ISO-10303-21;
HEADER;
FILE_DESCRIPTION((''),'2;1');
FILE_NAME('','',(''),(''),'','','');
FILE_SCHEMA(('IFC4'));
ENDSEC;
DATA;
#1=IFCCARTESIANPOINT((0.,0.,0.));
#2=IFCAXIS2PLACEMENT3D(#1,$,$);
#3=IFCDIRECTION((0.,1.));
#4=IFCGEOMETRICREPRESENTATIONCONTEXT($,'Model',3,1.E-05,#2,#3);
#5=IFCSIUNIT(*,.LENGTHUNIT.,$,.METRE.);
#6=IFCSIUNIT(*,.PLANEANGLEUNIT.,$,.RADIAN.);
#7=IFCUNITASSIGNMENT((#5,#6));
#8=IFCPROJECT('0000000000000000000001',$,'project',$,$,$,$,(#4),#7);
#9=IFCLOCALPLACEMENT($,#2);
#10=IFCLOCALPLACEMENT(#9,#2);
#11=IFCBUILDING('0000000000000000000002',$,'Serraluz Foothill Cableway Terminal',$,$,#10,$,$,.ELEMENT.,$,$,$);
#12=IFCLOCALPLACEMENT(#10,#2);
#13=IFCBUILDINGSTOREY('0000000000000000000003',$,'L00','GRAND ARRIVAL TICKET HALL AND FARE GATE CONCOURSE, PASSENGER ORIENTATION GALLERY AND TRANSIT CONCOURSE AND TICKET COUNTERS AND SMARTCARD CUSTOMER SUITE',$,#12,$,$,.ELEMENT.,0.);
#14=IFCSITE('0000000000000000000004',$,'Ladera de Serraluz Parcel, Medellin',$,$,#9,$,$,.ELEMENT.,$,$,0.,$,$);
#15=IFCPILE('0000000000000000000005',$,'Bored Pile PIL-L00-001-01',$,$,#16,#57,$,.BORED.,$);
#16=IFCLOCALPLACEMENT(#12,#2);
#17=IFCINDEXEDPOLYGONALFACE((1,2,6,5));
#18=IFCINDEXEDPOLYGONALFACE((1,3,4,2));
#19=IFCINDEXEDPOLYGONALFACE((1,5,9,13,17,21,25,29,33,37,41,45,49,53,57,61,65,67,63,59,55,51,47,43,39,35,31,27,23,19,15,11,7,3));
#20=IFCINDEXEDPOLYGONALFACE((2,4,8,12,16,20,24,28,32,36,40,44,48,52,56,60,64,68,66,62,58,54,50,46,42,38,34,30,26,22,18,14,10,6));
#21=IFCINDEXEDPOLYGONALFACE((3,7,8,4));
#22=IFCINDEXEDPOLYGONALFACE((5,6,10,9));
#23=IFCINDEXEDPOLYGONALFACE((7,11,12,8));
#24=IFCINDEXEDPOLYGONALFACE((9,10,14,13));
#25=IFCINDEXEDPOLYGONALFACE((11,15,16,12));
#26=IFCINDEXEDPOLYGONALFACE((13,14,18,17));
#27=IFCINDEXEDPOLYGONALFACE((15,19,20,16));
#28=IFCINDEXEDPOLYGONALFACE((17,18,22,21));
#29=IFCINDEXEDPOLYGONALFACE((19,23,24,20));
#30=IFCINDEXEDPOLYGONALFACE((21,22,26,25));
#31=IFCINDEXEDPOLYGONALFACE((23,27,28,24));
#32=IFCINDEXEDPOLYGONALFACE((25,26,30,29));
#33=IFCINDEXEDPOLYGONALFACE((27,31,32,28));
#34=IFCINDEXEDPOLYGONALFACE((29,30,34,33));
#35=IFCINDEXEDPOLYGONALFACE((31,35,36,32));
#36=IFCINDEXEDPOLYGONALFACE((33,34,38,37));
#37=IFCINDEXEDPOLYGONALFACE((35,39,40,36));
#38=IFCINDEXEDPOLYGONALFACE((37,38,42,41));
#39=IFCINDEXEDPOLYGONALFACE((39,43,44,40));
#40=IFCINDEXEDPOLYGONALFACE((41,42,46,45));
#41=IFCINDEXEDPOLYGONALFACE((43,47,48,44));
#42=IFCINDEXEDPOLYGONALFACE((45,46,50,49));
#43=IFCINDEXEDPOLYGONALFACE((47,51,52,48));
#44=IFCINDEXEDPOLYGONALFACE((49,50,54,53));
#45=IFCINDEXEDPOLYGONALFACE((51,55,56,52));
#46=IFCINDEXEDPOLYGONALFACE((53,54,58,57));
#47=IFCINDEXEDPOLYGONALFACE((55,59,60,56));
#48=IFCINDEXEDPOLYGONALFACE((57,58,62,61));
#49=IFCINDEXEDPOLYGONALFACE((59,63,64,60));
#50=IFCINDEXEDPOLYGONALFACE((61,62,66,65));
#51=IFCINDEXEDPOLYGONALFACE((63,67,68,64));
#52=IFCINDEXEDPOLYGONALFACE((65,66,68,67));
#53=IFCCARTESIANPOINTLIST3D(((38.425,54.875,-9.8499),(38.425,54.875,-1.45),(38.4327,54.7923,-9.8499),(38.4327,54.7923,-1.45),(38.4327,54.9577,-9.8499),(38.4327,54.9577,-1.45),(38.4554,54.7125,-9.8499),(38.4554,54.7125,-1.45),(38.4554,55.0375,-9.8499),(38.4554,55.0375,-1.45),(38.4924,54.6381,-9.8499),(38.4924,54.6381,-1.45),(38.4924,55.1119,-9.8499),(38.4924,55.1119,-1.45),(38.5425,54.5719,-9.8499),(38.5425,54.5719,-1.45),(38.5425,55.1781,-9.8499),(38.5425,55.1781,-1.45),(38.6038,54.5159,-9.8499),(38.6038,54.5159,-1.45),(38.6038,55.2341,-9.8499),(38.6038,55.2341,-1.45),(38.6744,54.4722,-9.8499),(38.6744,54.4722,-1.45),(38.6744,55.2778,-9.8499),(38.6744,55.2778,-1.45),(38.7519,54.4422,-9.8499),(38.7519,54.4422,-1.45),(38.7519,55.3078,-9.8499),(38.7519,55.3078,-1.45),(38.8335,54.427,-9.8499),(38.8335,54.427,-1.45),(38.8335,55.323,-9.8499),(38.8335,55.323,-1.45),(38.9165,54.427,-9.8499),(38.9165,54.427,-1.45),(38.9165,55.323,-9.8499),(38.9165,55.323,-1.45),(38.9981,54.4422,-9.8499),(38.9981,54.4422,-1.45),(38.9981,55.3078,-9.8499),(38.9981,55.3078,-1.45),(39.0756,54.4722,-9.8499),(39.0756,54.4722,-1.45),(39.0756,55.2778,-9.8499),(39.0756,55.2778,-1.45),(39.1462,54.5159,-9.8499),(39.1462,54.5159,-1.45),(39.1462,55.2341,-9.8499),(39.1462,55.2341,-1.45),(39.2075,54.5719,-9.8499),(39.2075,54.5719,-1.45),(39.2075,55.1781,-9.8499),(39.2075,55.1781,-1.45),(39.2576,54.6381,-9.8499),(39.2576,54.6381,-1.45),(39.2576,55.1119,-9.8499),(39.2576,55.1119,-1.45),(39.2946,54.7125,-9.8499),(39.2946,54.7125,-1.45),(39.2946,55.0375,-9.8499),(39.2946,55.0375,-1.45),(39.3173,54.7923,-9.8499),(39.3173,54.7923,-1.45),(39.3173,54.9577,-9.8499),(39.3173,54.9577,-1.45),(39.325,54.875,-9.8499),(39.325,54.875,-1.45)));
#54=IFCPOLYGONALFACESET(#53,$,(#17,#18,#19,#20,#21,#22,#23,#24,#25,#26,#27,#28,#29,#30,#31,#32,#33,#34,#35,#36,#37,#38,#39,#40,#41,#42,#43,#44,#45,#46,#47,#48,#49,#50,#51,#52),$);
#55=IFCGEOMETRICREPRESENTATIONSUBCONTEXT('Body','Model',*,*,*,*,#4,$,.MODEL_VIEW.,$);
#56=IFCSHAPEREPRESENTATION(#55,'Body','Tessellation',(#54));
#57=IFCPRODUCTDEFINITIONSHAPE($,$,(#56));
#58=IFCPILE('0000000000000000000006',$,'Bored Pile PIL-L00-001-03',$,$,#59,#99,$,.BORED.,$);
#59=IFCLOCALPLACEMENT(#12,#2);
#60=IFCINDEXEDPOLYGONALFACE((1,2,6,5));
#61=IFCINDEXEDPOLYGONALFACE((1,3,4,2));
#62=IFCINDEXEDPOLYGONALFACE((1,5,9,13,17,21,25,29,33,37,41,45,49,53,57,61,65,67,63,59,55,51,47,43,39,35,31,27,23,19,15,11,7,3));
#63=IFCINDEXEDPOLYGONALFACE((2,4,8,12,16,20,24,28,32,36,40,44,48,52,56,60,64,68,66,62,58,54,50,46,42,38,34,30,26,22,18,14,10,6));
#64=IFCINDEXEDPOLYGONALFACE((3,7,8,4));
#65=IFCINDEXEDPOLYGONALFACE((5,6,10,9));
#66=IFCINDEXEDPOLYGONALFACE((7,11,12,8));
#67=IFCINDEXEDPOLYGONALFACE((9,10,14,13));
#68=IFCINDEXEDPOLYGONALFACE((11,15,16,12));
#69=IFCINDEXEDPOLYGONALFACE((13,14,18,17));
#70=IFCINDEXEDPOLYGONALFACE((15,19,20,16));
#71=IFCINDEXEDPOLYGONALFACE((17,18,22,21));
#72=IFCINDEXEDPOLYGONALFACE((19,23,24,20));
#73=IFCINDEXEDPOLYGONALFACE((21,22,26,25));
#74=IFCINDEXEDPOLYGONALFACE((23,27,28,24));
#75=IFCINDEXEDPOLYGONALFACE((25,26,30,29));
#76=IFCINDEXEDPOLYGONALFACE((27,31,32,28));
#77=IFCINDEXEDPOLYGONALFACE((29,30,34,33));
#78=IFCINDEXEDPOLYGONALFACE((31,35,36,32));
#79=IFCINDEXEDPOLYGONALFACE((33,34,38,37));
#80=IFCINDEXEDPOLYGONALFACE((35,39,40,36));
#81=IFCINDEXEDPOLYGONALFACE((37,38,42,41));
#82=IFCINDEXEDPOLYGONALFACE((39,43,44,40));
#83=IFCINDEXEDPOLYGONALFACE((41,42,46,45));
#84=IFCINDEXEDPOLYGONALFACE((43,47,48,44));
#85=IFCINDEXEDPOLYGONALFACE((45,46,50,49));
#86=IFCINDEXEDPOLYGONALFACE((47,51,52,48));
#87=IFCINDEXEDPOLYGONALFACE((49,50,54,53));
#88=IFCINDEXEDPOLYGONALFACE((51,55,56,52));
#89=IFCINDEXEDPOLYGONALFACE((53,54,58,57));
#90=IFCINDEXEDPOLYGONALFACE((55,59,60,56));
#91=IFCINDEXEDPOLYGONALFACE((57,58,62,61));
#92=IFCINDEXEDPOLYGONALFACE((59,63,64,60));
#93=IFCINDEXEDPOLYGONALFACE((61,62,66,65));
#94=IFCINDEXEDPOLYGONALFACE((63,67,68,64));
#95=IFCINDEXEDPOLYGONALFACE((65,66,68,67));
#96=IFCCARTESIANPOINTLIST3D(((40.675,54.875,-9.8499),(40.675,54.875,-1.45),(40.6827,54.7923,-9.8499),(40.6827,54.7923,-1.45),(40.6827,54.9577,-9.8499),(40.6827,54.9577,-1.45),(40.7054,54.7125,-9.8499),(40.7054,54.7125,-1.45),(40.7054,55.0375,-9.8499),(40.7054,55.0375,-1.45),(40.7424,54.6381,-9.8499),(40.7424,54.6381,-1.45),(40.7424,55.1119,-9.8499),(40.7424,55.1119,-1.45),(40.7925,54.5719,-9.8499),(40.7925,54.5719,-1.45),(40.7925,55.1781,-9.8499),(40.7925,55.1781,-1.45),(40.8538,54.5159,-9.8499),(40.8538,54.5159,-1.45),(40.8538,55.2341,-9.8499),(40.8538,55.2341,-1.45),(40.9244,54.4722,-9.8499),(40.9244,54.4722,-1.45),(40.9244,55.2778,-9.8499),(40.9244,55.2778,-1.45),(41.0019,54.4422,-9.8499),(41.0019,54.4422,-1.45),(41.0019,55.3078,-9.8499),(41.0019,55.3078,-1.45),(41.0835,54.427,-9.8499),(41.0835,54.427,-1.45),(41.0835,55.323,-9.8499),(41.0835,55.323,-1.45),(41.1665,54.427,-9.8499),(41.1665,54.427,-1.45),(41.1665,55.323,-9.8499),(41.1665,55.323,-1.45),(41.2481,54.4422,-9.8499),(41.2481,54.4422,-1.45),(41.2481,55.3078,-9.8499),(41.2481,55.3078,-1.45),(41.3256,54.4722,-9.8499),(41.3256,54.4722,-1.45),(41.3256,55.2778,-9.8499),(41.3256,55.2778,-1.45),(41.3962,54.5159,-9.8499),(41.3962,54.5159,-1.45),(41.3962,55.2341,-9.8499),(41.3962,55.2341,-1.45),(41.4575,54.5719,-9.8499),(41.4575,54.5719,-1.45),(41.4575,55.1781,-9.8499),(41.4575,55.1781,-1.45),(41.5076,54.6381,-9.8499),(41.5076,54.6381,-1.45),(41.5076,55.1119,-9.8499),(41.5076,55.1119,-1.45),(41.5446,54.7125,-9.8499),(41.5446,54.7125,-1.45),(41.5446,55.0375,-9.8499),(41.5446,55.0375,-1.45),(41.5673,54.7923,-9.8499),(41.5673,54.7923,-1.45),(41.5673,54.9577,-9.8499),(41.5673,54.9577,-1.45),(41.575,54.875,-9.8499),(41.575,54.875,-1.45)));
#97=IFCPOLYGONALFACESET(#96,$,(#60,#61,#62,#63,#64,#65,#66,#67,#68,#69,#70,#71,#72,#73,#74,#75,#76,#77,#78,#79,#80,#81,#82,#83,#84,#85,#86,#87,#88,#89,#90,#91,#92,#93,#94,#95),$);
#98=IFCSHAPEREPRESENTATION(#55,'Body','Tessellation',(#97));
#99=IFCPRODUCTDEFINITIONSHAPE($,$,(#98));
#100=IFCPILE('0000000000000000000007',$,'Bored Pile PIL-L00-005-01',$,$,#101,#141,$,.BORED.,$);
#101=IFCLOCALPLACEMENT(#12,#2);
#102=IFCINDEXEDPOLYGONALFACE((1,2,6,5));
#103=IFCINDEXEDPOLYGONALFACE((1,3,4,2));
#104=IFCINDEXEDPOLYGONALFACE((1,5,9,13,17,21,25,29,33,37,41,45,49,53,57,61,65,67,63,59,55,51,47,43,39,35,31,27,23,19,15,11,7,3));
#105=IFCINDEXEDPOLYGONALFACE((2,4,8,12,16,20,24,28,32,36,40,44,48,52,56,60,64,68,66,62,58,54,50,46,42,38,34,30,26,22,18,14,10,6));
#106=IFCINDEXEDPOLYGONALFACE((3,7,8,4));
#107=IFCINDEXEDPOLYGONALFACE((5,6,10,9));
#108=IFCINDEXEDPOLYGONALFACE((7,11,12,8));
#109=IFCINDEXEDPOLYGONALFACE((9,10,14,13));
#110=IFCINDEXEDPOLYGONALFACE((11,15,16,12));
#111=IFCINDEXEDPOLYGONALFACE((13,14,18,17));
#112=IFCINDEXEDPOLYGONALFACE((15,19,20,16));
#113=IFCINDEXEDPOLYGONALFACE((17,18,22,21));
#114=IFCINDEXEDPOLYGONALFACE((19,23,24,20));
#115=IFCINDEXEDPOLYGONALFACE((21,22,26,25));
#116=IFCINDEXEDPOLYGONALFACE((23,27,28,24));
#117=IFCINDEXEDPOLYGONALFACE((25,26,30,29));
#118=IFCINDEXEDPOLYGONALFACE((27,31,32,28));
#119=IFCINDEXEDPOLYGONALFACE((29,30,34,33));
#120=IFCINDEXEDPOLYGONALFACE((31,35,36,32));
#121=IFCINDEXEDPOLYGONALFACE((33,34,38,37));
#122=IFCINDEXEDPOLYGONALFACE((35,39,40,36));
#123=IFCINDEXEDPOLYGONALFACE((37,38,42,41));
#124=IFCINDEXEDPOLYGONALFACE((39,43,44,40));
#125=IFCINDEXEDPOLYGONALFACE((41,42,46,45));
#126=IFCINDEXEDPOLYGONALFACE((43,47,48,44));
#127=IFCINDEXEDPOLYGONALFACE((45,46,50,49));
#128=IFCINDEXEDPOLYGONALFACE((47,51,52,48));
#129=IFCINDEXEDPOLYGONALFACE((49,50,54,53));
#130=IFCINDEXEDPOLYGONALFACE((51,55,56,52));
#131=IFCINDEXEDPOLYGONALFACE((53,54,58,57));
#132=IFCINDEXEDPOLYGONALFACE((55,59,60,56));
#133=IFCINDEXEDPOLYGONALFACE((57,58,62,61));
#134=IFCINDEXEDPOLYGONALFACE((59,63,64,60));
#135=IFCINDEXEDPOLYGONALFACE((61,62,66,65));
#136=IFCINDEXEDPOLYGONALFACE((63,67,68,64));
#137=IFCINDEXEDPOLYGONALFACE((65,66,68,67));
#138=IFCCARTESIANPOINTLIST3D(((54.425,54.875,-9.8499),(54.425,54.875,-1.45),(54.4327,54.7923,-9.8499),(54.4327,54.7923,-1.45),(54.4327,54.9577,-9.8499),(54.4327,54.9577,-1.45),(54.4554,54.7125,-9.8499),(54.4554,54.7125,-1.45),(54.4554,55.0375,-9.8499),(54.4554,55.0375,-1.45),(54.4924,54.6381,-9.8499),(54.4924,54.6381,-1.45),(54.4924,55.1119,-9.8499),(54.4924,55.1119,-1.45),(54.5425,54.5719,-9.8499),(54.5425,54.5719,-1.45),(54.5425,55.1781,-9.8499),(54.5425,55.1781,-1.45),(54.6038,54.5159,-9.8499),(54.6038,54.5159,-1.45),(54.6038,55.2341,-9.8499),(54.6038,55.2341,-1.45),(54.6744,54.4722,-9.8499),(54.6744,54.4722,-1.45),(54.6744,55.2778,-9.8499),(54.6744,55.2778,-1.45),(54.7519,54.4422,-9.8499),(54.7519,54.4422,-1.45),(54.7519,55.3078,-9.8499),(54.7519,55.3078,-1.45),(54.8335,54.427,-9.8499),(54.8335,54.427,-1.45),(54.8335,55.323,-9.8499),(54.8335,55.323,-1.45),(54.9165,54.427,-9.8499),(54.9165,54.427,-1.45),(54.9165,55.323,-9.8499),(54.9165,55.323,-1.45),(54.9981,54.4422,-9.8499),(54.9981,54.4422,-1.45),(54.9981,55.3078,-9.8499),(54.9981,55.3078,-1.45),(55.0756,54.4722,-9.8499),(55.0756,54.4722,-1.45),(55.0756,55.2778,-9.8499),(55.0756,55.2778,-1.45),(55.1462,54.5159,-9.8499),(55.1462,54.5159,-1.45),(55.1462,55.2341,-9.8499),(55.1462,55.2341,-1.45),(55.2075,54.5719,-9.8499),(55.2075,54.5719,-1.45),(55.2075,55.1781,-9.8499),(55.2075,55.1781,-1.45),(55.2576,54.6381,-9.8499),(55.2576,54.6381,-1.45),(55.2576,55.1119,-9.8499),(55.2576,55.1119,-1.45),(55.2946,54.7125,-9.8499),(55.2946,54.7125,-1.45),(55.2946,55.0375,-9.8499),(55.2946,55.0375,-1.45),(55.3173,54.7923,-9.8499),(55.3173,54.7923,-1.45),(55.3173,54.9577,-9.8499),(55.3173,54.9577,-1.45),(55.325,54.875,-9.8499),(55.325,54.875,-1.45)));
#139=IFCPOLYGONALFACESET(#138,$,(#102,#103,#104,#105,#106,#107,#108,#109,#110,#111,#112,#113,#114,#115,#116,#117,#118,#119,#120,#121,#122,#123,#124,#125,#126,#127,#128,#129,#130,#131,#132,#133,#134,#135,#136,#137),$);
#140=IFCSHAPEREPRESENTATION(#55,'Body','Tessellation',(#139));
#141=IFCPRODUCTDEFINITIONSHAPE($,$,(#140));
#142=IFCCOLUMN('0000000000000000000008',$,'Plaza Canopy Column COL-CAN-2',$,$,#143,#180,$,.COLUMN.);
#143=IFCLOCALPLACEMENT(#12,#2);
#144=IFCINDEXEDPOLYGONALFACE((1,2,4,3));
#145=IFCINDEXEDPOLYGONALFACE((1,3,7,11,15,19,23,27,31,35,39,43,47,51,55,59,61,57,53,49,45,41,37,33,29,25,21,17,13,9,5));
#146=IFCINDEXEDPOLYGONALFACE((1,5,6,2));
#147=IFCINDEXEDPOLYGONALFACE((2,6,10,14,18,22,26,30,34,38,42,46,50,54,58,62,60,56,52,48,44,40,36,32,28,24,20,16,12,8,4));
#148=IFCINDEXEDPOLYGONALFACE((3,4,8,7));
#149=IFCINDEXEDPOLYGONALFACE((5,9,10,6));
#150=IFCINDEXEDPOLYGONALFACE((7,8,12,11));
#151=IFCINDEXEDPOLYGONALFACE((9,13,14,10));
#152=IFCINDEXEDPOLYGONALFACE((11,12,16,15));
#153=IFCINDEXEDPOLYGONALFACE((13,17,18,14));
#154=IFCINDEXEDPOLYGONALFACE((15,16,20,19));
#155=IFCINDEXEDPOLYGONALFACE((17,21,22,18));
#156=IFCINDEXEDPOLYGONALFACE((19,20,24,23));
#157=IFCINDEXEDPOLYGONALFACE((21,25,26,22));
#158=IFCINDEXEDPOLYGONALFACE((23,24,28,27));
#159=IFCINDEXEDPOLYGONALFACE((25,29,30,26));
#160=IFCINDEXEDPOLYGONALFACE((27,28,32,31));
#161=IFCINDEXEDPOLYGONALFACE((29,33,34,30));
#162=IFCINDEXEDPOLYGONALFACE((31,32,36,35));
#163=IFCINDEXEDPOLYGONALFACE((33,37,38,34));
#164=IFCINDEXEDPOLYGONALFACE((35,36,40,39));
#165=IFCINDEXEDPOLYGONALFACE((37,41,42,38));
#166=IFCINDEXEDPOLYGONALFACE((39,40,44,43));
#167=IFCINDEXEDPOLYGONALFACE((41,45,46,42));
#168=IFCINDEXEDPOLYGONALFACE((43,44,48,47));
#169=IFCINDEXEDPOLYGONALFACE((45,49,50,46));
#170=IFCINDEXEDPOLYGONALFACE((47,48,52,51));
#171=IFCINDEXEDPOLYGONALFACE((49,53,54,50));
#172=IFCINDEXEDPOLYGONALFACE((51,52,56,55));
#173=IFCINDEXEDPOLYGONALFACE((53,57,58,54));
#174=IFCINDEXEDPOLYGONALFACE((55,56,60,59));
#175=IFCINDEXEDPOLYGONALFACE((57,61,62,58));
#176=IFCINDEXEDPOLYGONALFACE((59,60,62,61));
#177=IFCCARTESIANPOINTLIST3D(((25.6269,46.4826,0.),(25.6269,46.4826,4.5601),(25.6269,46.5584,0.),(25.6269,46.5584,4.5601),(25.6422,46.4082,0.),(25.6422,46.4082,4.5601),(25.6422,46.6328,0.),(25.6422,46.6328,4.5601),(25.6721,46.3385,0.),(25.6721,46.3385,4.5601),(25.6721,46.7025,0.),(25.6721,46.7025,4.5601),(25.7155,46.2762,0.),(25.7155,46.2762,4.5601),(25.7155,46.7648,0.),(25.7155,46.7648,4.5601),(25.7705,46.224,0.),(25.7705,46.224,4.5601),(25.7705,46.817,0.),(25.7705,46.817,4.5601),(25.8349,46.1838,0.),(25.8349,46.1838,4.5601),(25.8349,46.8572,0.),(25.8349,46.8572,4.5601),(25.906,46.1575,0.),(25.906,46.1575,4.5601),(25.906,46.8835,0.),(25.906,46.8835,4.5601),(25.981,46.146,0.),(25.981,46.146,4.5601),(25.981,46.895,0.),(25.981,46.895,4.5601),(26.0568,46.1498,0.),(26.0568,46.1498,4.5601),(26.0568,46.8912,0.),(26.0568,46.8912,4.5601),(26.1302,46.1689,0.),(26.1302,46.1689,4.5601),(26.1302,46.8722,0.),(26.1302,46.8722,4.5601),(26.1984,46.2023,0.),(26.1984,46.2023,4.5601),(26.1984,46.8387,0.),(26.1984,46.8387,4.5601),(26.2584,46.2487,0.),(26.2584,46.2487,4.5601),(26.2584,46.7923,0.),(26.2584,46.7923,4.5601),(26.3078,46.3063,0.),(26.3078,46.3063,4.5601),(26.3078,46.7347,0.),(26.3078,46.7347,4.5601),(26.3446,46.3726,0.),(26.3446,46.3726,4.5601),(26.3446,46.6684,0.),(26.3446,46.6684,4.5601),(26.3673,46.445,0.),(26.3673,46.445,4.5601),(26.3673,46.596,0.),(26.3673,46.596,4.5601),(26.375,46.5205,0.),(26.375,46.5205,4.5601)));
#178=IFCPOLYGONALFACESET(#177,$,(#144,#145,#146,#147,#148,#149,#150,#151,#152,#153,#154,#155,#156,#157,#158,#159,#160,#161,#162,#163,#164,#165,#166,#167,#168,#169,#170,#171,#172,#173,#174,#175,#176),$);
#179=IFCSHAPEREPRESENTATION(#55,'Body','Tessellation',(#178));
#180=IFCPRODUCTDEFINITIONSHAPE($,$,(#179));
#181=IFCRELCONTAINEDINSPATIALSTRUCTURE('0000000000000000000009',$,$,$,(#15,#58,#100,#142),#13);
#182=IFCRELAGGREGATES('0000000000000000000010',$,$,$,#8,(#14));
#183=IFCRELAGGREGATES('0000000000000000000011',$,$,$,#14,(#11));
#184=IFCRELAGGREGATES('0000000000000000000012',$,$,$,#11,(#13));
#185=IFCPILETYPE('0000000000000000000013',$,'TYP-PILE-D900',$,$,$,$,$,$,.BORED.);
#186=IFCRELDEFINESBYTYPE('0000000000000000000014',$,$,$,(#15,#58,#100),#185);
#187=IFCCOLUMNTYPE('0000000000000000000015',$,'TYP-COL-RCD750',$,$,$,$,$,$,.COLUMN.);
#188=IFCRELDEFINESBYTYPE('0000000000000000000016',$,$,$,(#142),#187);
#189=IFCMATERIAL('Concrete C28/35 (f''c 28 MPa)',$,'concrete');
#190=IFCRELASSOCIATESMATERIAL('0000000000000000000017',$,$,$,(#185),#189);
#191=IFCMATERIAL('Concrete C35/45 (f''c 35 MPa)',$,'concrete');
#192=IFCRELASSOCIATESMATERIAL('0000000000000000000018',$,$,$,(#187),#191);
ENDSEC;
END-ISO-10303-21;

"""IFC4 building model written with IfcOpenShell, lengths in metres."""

from ifc_helpers import new_model, si_unit, direction, frame, origin, origin_2d, place, context, subcontext, project, spatial, circle, extrude, material, material_profile, profile_set, type_object, element, save


model = new_model("IFC4")

# Units and contexts
model_context = context("Model", 3, precision=1e-05, world=origin(), true_north=direction((0.0, 1.0)))
body_context = subcontext(model_context, "Body", "Model", "MODEL_VIEW")
ifc_project = project(units=[si_unit("LENGTHUNIT", "METRE"), si_unit("PLANEANGLEUNIT", "RADIAN")], contexts=[model_context])

# Site, building, storey
site_placement = place(None, origin())
site = spatial("IfcSite", under=ifc_project, at=site_placement, Name="Ladera de Serraluz Parcel, Medellin", CompositionType="ELEMENT", RefElevation=0.0)
building_placement = place(site_placement, origin())
building = spatial("IfcBuilding", under=site, at=building_placement, Name="Serraluz Foothill Cableway Terminal", CompositionType="ELEMENT")
storey_placement = place(building_placement, origin())
storey = spatial("IfcBuildingStorey", under=building, at=storey_placement, Name="L00", Description="GRAND ARRIVAL TICKET HALL AND FARE GATE CONCOURSE, PASSENGER ORIENTATION GALLERY AND TRANSIT CONCOURSE AND TICKET COUNTERS AND SMARTCARD CUSTOMER SUITE", CompositionType="ELEMENT", Elevation=0.0)

# Shared definitions
ifc_material_1 = material(Name="Concrete C35/45 (f'c 35 MPa)", Category="concrete")

# Piles
ifc_material_2 = material(Name="Concrete C28/35 (f'c 28 MPa)", Category="concrete")
ifc_material_profile_1 = material_profile(ifc_material_2, circle(Radius=0.45, at=origin_2d()), Name="BORED PILE D900")
ifc_profile_set_1 = profile_set([ifc_material_profile_1], Name="Concrete C28/35 (f'c 28 MPa)")
pile_type_1 = type_object("IfcPileType", Name="TYP-PILE-D900", PredefinedType="BORED", material=ifc_profile_set_1)
for number, where, z_axis, x_axis, name in (
    (1, (38.875, 54.875, -1.45), (0.0, 0.0, -1.0), (1.0, 0.0, 0.0), "Bored Pile PIL-L00-001-01"),
    (2, (41.125, 54.875, -1.45), (0.0, 0.0, -1.0), (1.0, 0.0, 0.0), "Bored Pile PIL-L00-001-03"),
    (3, (54.875, 54.875, -1.45), (0.0, 0.0, -1.0), (1.0, 0.0, 0.0), "Bored Pile PIL-L00-005-01"),
):
    element("IfcPile", number, at=place(storey_placement, frame(where, z_axis=z_axis, x_axis=x_axis)), inside=storey, type_object=pile_type_1, Name=name, PredefinedType="BORED", context=body_context, shape_type="SweptSolid", body=[
        extrude(circle(Radius=0.45, at=origin_2d()), origin(), (0.0, 0.0, 1.0), 8.3999),
    ])

# Column
ifc_material_profile_2 = material_profile(ifc_material_1, circle(Radius=0.375, at=origin_2d()), Name="RC D750")
ifc_profile_set_2 = profile_set([ifc_material_profile_2], Name="Concrete C35/45 (f'c 35 MPa)")
column_type_1 = type_object("IfcColumnType", Name="TYP-COL-RCD750", PredefinedType="COLUMN", material=ifc_profile_set_2)
for number, where, z_axis, x_axis, name in (
    (4, (26.0, 46.5205, 0.0), (0.0, 0.0, 1.0), (1.0, 0.0, 0.0), "Plaza Canopy Column COL-CAN-2"),
):
    element("IfcColumn", number, at=place(storey_placement, frame(where, z_axis=z_axis, x_axis=x_axis)), inside=storey, type_object=column_type_1, Name=name, PredefinedType="COLUMN", context=body_context, shape_type="SweptSolid", body=[
        extrude(circle(Radius=0.375, at=origin_2d()), origin(), (0.0, 0.0, 1.0), 4.5601),
    ])

save(model, "model.ifc")
